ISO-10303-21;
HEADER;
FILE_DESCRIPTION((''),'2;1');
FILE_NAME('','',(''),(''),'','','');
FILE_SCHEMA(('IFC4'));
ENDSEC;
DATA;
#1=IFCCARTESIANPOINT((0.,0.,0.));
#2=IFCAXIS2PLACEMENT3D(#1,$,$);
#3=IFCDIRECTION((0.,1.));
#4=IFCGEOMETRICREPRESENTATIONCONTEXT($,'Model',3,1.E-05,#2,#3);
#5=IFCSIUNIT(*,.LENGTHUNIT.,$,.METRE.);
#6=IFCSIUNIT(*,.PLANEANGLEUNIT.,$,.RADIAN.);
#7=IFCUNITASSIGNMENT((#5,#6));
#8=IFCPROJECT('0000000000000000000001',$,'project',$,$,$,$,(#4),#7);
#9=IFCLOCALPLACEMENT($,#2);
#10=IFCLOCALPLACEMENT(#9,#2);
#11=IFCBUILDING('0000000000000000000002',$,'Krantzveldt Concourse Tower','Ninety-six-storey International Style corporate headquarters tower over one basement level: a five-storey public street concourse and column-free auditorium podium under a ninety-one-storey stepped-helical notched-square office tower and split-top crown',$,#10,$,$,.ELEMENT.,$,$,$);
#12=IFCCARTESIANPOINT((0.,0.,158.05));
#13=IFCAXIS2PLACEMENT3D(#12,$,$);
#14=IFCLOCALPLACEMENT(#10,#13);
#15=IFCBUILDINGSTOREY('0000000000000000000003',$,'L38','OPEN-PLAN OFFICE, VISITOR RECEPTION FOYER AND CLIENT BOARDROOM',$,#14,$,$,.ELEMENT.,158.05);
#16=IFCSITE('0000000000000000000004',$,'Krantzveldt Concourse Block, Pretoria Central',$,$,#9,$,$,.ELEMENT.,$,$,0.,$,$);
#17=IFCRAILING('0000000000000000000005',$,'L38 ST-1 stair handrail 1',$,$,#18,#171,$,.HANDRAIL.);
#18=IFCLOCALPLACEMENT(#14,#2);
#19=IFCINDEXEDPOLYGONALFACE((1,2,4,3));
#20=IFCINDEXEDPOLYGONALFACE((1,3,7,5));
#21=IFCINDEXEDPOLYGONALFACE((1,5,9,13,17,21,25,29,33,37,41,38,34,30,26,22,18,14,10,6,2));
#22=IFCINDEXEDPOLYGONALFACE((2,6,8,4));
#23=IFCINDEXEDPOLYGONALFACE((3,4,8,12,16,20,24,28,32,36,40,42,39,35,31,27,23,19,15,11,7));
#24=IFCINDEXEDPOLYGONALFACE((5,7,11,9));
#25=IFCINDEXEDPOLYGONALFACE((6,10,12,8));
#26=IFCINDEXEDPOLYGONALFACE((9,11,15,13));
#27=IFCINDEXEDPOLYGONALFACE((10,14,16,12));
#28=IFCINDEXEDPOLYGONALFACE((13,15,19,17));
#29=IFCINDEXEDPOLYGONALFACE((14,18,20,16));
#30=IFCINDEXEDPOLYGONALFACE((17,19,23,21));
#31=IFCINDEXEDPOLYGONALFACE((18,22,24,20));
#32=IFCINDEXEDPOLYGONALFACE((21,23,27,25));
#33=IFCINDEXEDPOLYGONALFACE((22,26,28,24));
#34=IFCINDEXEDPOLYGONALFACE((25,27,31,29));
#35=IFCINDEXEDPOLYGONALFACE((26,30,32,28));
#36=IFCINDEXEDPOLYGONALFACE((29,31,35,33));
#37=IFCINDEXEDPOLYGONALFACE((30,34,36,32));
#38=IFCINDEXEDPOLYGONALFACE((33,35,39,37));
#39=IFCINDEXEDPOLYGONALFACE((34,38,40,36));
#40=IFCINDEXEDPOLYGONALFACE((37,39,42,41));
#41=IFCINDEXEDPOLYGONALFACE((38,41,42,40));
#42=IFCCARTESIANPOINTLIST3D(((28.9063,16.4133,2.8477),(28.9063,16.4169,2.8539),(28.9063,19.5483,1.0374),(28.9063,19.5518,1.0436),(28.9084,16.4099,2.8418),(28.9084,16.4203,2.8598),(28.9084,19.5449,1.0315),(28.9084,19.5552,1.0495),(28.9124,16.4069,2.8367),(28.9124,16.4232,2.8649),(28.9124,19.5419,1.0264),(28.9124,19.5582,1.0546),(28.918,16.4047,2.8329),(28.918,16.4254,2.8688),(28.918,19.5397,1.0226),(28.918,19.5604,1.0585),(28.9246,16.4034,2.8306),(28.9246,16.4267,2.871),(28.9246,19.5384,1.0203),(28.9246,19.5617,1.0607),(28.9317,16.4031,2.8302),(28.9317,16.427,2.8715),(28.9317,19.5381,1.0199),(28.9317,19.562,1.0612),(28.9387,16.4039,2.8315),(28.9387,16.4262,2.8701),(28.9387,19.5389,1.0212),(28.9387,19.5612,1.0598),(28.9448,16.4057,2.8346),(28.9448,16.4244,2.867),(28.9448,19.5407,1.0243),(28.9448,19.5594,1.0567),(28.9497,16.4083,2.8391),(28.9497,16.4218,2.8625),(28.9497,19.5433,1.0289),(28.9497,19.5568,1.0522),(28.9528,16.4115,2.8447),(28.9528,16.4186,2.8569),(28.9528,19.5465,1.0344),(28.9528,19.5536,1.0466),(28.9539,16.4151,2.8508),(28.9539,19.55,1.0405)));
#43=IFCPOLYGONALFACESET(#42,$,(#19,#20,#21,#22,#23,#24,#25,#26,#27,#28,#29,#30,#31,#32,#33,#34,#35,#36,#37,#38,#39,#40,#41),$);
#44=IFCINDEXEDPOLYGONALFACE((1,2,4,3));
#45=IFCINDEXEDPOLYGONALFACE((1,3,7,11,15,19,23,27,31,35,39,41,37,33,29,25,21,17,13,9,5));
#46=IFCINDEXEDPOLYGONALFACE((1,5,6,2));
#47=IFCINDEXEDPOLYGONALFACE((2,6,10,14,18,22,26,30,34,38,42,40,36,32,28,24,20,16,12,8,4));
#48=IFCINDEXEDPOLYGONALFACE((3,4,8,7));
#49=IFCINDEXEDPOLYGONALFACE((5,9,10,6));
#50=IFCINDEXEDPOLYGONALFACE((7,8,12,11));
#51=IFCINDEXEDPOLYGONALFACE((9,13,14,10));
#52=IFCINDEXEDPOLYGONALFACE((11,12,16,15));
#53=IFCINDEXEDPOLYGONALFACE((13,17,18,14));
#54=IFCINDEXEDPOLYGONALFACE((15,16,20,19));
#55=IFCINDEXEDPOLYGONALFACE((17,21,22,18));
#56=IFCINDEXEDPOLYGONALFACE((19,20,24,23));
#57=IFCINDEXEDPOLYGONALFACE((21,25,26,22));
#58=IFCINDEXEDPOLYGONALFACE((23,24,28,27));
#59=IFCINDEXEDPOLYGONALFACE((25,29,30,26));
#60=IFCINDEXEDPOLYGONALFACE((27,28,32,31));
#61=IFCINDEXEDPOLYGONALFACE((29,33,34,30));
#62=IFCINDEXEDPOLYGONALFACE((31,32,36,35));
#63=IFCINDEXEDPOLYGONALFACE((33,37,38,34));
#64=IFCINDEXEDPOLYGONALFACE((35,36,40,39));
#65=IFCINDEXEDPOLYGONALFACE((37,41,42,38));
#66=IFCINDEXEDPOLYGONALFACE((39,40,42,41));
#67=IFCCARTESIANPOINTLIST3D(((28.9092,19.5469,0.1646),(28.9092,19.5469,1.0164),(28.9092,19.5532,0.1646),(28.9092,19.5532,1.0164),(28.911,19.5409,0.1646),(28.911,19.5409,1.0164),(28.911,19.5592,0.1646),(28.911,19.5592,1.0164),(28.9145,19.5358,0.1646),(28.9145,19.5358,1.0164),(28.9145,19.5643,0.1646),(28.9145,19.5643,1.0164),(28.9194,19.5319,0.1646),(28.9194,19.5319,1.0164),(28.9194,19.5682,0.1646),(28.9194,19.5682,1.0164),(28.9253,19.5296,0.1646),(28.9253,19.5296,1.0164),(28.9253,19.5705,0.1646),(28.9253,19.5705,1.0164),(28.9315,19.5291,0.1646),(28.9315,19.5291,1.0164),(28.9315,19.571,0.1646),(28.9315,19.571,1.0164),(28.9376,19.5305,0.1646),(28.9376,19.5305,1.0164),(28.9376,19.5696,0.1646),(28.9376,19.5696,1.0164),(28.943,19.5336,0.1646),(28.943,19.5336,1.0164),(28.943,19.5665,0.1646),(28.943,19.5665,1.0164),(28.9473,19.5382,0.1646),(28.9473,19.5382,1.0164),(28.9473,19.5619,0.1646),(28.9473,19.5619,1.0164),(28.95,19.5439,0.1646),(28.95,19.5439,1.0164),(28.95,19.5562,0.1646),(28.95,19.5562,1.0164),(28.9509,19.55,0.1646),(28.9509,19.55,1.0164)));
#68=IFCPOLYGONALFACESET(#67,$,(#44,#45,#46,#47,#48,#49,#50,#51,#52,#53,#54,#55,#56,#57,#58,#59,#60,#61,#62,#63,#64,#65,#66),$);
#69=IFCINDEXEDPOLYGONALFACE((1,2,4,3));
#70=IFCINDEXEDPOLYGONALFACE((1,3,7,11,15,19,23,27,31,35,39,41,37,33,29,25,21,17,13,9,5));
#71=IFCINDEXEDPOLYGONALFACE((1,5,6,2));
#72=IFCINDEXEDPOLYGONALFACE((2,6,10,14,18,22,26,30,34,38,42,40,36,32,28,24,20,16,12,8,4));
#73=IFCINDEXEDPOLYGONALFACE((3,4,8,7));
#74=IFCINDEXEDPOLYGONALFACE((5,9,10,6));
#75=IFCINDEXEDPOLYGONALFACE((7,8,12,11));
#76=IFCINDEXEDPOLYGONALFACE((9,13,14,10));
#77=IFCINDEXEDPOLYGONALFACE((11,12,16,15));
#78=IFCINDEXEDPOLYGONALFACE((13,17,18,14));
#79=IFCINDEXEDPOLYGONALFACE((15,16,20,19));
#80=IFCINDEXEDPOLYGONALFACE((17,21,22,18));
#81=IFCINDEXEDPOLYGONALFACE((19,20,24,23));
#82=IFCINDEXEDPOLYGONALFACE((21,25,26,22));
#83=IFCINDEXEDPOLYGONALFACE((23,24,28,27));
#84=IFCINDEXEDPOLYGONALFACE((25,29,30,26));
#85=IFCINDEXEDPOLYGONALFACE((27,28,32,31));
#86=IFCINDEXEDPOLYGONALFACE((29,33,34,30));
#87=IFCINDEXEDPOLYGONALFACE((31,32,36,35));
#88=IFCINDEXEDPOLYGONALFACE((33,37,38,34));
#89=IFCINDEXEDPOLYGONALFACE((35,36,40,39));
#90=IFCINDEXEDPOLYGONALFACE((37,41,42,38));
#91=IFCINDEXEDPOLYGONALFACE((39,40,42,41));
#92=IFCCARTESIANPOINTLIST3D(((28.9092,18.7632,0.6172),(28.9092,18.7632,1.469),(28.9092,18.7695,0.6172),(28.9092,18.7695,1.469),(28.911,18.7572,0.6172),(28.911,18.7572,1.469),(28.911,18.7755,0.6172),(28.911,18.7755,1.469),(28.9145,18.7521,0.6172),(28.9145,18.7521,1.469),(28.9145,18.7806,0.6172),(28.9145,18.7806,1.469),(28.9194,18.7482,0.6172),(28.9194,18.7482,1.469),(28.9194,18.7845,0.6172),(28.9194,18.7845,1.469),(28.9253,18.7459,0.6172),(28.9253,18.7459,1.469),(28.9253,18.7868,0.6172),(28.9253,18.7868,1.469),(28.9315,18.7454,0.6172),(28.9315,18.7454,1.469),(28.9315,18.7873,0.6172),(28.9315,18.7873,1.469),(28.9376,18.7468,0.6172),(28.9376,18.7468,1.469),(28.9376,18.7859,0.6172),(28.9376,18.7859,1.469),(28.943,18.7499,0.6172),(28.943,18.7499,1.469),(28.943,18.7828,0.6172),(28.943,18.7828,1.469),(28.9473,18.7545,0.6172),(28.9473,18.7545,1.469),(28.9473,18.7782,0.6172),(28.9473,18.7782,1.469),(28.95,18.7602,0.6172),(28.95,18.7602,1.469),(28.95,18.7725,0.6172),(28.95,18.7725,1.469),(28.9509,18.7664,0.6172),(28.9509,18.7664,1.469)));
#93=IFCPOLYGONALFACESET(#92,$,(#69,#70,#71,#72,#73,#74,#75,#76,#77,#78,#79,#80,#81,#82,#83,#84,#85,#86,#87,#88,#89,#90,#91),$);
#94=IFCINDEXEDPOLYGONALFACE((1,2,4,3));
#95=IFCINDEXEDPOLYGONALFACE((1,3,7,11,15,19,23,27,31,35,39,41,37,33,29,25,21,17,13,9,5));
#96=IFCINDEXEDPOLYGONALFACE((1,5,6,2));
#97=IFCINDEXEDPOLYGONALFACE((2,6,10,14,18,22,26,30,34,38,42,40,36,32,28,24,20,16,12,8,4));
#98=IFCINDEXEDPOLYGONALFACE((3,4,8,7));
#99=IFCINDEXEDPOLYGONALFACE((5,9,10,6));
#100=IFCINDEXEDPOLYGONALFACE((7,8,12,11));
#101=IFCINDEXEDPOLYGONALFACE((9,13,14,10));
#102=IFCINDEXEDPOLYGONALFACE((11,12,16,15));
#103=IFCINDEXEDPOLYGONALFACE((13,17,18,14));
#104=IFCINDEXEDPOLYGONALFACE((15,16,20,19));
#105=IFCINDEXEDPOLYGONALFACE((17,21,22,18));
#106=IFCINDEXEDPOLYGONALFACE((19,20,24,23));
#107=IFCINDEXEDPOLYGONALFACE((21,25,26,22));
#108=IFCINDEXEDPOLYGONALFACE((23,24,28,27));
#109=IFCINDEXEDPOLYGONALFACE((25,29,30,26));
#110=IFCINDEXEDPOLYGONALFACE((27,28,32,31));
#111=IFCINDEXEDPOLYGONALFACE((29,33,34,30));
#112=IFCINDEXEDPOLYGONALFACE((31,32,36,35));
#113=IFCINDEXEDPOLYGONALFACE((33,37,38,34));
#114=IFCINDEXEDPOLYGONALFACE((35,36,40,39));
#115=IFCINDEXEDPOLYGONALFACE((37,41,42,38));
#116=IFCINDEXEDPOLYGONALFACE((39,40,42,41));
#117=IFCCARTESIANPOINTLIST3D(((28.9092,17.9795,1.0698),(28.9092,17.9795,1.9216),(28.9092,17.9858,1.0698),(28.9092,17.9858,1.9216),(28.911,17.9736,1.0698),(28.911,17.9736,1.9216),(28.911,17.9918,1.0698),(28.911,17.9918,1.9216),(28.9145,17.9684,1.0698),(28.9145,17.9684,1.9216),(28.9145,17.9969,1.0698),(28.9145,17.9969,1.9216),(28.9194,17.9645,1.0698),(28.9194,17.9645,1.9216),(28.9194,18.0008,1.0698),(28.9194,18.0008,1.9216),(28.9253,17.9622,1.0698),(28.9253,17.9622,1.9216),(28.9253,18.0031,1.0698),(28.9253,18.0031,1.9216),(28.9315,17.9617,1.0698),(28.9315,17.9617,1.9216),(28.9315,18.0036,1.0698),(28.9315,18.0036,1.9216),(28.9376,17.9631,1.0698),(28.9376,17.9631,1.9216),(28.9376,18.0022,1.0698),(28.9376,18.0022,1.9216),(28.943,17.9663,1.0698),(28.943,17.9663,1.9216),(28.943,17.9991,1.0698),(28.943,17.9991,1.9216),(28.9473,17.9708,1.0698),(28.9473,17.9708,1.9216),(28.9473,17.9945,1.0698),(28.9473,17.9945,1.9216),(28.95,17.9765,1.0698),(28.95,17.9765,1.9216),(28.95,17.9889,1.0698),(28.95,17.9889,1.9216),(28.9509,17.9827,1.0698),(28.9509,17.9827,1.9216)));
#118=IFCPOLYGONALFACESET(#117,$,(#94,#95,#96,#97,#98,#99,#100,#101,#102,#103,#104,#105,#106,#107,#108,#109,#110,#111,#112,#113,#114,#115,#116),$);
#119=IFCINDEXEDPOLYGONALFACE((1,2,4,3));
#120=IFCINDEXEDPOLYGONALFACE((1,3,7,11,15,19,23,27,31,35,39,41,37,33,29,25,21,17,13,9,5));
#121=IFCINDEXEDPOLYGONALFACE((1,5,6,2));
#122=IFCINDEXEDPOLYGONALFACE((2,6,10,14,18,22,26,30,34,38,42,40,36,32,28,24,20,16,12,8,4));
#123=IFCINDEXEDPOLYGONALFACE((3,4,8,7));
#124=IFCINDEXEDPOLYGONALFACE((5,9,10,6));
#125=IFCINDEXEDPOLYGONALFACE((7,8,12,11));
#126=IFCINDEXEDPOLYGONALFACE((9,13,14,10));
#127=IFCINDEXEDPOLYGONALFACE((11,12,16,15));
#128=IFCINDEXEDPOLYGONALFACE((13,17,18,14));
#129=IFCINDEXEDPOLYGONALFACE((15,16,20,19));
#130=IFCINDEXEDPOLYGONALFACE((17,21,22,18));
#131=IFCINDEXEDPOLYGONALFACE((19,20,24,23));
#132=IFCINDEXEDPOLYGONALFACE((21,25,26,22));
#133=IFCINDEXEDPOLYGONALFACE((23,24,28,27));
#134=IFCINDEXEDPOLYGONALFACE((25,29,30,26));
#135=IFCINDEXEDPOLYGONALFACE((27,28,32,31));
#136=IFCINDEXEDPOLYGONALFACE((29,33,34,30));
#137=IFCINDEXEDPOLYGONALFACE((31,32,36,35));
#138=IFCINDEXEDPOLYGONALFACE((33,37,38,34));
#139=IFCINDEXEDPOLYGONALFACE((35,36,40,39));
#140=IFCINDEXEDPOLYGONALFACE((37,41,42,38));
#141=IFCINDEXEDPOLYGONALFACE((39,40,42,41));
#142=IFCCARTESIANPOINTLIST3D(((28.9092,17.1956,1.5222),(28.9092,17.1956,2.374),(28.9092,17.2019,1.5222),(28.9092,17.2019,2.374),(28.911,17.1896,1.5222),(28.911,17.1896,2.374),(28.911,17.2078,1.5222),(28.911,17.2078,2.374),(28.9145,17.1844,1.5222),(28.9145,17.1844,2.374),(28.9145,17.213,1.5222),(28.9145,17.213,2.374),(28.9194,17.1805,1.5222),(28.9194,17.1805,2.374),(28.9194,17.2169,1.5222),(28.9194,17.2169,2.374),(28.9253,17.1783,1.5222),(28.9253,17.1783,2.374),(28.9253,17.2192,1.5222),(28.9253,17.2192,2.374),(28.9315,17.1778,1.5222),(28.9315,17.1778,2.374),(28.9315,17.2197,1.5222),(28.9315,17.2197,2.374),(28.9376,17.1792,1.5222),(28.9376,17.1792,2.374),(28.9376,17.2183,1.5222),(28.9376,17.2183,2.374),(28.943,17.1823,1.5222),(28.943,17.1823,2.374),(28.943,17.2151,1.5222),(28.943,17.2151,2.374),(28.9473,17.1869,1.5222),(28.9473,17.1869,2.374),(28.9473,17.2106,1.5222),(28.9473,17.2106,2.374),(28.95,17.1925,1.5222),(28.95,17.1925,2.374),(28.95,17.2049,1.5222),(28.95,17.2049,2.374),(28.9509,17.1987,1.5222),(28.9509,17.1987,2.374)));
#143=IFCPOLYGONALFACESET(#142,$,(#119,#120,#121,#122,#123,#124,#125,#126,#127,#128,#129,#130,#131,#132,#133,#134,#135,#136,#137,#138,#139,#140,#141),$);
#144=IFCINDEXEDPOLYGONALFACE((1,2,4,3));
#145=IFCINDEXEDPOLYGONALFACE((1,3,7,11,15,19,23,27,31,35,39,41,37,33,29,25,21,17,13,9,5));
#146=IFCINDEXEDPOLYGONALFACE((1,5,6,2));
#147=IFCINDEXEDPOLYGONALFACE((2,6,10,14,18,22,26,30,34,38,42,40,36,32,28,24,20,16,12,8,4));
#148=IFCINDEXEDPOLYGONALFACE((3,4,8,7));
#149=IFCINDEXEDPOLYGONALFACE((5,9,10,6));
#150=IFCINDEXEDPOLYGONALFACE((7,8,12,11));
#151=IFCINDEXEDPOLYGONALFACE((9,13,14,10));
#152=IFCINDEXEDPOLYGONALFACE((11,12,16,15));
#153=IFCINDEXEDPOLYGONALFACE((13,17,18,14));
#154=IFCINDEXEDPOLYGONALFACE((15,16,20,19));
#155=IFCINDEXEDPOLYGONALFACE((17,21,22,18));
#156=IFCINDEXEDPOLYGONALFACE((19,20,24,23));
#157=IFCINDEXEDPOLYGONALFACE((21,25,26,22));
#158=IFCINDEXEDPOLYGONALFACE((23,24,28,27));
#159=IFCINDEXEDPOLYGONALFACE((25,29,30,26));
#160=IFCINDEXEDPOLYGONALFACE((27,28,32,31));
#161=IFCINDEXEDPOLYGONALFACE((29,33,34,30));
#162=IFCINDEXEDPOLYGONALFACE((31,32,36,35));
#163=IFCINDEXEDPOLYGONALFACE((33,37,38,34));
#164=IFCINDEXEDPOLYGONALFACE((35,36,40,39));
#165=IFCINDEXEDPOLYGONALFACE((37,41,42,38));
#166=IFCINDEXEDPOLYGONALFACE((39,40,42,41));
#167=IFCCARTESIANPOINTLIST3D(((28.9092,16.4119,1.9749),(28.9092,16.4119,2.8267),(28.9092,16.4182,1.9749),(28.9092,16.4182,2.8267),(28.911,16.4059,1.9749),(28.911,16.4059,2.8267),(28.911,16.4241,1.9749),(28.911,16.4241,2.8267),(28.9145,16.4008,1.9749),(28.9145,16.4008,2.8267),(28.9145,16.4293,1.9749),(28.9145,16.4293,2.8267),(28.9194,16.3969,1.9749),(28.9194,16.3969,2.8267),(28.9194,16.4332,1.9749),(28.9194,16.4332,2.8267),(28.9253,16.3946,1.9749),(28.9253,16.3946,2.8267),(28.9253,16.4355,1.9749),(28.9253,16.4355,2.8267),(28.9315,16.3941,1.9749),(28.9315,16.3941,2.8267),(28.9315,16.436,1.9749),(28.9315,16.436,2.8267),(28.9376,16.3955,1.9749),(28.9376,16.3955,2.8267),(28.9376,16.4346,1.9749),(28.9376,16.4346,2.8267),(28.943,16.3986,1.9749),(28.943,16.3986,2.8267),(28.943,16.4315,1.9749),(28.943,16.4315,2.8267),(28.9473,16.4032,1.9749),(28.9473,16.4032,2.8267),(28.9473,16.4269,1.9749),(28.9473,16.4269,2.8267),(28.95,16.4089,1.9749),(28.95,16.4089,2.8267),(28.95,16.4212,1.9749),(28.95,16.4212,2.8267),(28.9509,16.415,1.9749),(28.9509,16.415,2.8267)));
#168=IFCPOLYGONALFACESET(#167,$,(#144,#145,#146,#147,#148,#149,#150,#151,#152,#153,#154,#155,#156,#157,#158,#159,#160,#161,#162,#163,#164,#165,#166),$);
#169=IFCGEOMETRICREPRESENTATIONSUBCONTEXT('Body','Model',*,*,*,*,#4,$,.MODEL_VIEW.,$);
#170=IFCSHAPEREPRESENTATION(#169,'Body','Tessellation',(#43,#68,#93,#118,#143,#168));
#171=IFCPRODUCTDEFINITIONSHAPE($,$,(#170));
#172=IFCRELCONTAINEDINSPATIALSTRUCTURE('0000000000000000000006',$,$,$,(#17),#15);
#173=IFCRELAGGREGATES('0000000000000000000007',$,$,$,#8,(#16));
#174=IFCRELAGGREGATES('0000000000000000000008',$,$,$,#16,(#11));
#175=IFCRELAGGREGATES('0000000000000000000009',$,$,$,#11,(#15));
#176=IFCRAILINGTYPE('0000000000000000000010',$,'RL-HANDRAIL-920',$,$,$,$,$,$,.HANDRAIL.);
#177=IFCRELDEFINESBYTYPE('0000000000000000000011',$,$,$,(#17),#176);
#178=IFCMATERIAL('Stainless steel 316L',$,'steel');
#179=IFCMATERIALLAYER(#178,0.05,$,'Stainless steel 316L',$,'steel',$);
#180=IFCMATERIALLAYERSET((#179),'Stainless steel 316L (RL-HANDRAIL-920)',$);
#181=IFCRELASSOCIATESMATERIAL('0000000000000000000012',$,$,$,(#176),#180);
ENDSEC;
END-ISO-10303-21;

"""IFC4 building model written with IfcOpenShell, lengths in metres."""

from ifc_helpers import new_model, si_unit, direction, frame, origin, origin_2d, place, context, subcontext, project, spatial, circle, extrude, material, layer, layer_set, type_object, element, save


model = new_model("IFC4")

# Units and contexts
model_context = context("Model", 3, precision=1e-05, world=origin(), true_north=direction((0.0, 1.0)))
body_context = subcontext(model_context, "Body", "Model", "MODEL_VIEW")
ifc_project = project(units=[si_unit("LENGTHUNIT", "METRE"), si_unit("PLANEANGLEUNIT", "RADIAN")], contexts=[model_context])

# Site, building, storey
site_placement = place(None, origin())
site = spatial("IfcSite", under=ifc_project, at=site_placement, Name="Krantzveldt Concourse Block, Pretoria Central", CompositionType="ELEMENT", RefElevation=0.0)
building_placement = place(site_placement, origin())
building = spatial("IfcBuilding", under=site, at=building_placement, Name="Krantzveldt Concourse Tower", Description="Ninety-six-storey International Style corporate headquarters tower over one basement level: a five-storey public street concourse and column-free auditorium podium under a ninety-one-storey stepped-helical notched-square office tower and split-top crown", CompositionType="ELEMENT")
storey_placement = place(building_placement, frame((0.0, 0.0, 158.05)))
storey = spatial("IfcBuildingStorey", under=building, at=storey_placement, Name="L38", Description="OPEN-PLAN OFFICE, VISITOR RECEPTION FOYER AND CLIENT BOARDROOM", CompositionType="ELEMENT", Elevation=158.05)

# Railing
ifc_material_1 = material(Name="Stainless steel 316L", Category="steel")
ifc_layer_1 = layer(ifc_material_1, 0.05, Name="Stainless steel 316L", Category="steel")
ifc_layer_set_1 = layer_set([ifc_layer_1], Name="Stainless steel 316L (RL-HANDRAIL-920)")
railing_type_1 = type_object("IfcRailingType", Name="RL-HANDRAIL-920", PredefinedType="HANDRAIL", material=ifc_layer_set_1)
railing_1_placement = place(storey_placement, frame((28.9299, 19.55, 0.1646)))
element("IfcRailing", 1, at=railing_1_placement, inside=storey, type_object=railing_type_1, Name="L38 ST-1 stair handrail 1", PredefinedType="HANDRAIL", context=body_context, shape_type="SweptSolid", body=[
    extrude(circle(Radius=0.0239, at=origin_2d()), frame((0.0, 0.0, 0.876), z_axis=(0.0, -0.865989, 0.500063), x_axis=(1.0, 0.0, 0.0)), (0.0, 0.0, 1.0), 3.6201),
    extrude(circle(Radius=0.021, at=origin_2d()), origin(), (0.0, 0.0, 1.0), 0.8518),
    extrude(circle(Radius=0.021, at=origin_2d()), frame((0.0, -0.7837, 0.4526)), (0.0, 0.0, 1.0), 0.8518),
    extrude(circle(Radius=0.021, at=origin_2d()), frame((0.0, -1.5674, 0.9053)), (0.0, 0.0, 1.0), 0.8518),
    extrude(circle(Radius=0.021, at=origin_2d()), frame((0.0, -2.3513, 1.3577)), (0.0, 0.0, 1.0), 0.8518),
    extrude(circle(Radius=0.021, at=origin_2d()), frame((0.0, -3.135, 1.8103)), (0.0, 0.0, 1.0), 0.8518),
])

save(model, "model.ifc")
